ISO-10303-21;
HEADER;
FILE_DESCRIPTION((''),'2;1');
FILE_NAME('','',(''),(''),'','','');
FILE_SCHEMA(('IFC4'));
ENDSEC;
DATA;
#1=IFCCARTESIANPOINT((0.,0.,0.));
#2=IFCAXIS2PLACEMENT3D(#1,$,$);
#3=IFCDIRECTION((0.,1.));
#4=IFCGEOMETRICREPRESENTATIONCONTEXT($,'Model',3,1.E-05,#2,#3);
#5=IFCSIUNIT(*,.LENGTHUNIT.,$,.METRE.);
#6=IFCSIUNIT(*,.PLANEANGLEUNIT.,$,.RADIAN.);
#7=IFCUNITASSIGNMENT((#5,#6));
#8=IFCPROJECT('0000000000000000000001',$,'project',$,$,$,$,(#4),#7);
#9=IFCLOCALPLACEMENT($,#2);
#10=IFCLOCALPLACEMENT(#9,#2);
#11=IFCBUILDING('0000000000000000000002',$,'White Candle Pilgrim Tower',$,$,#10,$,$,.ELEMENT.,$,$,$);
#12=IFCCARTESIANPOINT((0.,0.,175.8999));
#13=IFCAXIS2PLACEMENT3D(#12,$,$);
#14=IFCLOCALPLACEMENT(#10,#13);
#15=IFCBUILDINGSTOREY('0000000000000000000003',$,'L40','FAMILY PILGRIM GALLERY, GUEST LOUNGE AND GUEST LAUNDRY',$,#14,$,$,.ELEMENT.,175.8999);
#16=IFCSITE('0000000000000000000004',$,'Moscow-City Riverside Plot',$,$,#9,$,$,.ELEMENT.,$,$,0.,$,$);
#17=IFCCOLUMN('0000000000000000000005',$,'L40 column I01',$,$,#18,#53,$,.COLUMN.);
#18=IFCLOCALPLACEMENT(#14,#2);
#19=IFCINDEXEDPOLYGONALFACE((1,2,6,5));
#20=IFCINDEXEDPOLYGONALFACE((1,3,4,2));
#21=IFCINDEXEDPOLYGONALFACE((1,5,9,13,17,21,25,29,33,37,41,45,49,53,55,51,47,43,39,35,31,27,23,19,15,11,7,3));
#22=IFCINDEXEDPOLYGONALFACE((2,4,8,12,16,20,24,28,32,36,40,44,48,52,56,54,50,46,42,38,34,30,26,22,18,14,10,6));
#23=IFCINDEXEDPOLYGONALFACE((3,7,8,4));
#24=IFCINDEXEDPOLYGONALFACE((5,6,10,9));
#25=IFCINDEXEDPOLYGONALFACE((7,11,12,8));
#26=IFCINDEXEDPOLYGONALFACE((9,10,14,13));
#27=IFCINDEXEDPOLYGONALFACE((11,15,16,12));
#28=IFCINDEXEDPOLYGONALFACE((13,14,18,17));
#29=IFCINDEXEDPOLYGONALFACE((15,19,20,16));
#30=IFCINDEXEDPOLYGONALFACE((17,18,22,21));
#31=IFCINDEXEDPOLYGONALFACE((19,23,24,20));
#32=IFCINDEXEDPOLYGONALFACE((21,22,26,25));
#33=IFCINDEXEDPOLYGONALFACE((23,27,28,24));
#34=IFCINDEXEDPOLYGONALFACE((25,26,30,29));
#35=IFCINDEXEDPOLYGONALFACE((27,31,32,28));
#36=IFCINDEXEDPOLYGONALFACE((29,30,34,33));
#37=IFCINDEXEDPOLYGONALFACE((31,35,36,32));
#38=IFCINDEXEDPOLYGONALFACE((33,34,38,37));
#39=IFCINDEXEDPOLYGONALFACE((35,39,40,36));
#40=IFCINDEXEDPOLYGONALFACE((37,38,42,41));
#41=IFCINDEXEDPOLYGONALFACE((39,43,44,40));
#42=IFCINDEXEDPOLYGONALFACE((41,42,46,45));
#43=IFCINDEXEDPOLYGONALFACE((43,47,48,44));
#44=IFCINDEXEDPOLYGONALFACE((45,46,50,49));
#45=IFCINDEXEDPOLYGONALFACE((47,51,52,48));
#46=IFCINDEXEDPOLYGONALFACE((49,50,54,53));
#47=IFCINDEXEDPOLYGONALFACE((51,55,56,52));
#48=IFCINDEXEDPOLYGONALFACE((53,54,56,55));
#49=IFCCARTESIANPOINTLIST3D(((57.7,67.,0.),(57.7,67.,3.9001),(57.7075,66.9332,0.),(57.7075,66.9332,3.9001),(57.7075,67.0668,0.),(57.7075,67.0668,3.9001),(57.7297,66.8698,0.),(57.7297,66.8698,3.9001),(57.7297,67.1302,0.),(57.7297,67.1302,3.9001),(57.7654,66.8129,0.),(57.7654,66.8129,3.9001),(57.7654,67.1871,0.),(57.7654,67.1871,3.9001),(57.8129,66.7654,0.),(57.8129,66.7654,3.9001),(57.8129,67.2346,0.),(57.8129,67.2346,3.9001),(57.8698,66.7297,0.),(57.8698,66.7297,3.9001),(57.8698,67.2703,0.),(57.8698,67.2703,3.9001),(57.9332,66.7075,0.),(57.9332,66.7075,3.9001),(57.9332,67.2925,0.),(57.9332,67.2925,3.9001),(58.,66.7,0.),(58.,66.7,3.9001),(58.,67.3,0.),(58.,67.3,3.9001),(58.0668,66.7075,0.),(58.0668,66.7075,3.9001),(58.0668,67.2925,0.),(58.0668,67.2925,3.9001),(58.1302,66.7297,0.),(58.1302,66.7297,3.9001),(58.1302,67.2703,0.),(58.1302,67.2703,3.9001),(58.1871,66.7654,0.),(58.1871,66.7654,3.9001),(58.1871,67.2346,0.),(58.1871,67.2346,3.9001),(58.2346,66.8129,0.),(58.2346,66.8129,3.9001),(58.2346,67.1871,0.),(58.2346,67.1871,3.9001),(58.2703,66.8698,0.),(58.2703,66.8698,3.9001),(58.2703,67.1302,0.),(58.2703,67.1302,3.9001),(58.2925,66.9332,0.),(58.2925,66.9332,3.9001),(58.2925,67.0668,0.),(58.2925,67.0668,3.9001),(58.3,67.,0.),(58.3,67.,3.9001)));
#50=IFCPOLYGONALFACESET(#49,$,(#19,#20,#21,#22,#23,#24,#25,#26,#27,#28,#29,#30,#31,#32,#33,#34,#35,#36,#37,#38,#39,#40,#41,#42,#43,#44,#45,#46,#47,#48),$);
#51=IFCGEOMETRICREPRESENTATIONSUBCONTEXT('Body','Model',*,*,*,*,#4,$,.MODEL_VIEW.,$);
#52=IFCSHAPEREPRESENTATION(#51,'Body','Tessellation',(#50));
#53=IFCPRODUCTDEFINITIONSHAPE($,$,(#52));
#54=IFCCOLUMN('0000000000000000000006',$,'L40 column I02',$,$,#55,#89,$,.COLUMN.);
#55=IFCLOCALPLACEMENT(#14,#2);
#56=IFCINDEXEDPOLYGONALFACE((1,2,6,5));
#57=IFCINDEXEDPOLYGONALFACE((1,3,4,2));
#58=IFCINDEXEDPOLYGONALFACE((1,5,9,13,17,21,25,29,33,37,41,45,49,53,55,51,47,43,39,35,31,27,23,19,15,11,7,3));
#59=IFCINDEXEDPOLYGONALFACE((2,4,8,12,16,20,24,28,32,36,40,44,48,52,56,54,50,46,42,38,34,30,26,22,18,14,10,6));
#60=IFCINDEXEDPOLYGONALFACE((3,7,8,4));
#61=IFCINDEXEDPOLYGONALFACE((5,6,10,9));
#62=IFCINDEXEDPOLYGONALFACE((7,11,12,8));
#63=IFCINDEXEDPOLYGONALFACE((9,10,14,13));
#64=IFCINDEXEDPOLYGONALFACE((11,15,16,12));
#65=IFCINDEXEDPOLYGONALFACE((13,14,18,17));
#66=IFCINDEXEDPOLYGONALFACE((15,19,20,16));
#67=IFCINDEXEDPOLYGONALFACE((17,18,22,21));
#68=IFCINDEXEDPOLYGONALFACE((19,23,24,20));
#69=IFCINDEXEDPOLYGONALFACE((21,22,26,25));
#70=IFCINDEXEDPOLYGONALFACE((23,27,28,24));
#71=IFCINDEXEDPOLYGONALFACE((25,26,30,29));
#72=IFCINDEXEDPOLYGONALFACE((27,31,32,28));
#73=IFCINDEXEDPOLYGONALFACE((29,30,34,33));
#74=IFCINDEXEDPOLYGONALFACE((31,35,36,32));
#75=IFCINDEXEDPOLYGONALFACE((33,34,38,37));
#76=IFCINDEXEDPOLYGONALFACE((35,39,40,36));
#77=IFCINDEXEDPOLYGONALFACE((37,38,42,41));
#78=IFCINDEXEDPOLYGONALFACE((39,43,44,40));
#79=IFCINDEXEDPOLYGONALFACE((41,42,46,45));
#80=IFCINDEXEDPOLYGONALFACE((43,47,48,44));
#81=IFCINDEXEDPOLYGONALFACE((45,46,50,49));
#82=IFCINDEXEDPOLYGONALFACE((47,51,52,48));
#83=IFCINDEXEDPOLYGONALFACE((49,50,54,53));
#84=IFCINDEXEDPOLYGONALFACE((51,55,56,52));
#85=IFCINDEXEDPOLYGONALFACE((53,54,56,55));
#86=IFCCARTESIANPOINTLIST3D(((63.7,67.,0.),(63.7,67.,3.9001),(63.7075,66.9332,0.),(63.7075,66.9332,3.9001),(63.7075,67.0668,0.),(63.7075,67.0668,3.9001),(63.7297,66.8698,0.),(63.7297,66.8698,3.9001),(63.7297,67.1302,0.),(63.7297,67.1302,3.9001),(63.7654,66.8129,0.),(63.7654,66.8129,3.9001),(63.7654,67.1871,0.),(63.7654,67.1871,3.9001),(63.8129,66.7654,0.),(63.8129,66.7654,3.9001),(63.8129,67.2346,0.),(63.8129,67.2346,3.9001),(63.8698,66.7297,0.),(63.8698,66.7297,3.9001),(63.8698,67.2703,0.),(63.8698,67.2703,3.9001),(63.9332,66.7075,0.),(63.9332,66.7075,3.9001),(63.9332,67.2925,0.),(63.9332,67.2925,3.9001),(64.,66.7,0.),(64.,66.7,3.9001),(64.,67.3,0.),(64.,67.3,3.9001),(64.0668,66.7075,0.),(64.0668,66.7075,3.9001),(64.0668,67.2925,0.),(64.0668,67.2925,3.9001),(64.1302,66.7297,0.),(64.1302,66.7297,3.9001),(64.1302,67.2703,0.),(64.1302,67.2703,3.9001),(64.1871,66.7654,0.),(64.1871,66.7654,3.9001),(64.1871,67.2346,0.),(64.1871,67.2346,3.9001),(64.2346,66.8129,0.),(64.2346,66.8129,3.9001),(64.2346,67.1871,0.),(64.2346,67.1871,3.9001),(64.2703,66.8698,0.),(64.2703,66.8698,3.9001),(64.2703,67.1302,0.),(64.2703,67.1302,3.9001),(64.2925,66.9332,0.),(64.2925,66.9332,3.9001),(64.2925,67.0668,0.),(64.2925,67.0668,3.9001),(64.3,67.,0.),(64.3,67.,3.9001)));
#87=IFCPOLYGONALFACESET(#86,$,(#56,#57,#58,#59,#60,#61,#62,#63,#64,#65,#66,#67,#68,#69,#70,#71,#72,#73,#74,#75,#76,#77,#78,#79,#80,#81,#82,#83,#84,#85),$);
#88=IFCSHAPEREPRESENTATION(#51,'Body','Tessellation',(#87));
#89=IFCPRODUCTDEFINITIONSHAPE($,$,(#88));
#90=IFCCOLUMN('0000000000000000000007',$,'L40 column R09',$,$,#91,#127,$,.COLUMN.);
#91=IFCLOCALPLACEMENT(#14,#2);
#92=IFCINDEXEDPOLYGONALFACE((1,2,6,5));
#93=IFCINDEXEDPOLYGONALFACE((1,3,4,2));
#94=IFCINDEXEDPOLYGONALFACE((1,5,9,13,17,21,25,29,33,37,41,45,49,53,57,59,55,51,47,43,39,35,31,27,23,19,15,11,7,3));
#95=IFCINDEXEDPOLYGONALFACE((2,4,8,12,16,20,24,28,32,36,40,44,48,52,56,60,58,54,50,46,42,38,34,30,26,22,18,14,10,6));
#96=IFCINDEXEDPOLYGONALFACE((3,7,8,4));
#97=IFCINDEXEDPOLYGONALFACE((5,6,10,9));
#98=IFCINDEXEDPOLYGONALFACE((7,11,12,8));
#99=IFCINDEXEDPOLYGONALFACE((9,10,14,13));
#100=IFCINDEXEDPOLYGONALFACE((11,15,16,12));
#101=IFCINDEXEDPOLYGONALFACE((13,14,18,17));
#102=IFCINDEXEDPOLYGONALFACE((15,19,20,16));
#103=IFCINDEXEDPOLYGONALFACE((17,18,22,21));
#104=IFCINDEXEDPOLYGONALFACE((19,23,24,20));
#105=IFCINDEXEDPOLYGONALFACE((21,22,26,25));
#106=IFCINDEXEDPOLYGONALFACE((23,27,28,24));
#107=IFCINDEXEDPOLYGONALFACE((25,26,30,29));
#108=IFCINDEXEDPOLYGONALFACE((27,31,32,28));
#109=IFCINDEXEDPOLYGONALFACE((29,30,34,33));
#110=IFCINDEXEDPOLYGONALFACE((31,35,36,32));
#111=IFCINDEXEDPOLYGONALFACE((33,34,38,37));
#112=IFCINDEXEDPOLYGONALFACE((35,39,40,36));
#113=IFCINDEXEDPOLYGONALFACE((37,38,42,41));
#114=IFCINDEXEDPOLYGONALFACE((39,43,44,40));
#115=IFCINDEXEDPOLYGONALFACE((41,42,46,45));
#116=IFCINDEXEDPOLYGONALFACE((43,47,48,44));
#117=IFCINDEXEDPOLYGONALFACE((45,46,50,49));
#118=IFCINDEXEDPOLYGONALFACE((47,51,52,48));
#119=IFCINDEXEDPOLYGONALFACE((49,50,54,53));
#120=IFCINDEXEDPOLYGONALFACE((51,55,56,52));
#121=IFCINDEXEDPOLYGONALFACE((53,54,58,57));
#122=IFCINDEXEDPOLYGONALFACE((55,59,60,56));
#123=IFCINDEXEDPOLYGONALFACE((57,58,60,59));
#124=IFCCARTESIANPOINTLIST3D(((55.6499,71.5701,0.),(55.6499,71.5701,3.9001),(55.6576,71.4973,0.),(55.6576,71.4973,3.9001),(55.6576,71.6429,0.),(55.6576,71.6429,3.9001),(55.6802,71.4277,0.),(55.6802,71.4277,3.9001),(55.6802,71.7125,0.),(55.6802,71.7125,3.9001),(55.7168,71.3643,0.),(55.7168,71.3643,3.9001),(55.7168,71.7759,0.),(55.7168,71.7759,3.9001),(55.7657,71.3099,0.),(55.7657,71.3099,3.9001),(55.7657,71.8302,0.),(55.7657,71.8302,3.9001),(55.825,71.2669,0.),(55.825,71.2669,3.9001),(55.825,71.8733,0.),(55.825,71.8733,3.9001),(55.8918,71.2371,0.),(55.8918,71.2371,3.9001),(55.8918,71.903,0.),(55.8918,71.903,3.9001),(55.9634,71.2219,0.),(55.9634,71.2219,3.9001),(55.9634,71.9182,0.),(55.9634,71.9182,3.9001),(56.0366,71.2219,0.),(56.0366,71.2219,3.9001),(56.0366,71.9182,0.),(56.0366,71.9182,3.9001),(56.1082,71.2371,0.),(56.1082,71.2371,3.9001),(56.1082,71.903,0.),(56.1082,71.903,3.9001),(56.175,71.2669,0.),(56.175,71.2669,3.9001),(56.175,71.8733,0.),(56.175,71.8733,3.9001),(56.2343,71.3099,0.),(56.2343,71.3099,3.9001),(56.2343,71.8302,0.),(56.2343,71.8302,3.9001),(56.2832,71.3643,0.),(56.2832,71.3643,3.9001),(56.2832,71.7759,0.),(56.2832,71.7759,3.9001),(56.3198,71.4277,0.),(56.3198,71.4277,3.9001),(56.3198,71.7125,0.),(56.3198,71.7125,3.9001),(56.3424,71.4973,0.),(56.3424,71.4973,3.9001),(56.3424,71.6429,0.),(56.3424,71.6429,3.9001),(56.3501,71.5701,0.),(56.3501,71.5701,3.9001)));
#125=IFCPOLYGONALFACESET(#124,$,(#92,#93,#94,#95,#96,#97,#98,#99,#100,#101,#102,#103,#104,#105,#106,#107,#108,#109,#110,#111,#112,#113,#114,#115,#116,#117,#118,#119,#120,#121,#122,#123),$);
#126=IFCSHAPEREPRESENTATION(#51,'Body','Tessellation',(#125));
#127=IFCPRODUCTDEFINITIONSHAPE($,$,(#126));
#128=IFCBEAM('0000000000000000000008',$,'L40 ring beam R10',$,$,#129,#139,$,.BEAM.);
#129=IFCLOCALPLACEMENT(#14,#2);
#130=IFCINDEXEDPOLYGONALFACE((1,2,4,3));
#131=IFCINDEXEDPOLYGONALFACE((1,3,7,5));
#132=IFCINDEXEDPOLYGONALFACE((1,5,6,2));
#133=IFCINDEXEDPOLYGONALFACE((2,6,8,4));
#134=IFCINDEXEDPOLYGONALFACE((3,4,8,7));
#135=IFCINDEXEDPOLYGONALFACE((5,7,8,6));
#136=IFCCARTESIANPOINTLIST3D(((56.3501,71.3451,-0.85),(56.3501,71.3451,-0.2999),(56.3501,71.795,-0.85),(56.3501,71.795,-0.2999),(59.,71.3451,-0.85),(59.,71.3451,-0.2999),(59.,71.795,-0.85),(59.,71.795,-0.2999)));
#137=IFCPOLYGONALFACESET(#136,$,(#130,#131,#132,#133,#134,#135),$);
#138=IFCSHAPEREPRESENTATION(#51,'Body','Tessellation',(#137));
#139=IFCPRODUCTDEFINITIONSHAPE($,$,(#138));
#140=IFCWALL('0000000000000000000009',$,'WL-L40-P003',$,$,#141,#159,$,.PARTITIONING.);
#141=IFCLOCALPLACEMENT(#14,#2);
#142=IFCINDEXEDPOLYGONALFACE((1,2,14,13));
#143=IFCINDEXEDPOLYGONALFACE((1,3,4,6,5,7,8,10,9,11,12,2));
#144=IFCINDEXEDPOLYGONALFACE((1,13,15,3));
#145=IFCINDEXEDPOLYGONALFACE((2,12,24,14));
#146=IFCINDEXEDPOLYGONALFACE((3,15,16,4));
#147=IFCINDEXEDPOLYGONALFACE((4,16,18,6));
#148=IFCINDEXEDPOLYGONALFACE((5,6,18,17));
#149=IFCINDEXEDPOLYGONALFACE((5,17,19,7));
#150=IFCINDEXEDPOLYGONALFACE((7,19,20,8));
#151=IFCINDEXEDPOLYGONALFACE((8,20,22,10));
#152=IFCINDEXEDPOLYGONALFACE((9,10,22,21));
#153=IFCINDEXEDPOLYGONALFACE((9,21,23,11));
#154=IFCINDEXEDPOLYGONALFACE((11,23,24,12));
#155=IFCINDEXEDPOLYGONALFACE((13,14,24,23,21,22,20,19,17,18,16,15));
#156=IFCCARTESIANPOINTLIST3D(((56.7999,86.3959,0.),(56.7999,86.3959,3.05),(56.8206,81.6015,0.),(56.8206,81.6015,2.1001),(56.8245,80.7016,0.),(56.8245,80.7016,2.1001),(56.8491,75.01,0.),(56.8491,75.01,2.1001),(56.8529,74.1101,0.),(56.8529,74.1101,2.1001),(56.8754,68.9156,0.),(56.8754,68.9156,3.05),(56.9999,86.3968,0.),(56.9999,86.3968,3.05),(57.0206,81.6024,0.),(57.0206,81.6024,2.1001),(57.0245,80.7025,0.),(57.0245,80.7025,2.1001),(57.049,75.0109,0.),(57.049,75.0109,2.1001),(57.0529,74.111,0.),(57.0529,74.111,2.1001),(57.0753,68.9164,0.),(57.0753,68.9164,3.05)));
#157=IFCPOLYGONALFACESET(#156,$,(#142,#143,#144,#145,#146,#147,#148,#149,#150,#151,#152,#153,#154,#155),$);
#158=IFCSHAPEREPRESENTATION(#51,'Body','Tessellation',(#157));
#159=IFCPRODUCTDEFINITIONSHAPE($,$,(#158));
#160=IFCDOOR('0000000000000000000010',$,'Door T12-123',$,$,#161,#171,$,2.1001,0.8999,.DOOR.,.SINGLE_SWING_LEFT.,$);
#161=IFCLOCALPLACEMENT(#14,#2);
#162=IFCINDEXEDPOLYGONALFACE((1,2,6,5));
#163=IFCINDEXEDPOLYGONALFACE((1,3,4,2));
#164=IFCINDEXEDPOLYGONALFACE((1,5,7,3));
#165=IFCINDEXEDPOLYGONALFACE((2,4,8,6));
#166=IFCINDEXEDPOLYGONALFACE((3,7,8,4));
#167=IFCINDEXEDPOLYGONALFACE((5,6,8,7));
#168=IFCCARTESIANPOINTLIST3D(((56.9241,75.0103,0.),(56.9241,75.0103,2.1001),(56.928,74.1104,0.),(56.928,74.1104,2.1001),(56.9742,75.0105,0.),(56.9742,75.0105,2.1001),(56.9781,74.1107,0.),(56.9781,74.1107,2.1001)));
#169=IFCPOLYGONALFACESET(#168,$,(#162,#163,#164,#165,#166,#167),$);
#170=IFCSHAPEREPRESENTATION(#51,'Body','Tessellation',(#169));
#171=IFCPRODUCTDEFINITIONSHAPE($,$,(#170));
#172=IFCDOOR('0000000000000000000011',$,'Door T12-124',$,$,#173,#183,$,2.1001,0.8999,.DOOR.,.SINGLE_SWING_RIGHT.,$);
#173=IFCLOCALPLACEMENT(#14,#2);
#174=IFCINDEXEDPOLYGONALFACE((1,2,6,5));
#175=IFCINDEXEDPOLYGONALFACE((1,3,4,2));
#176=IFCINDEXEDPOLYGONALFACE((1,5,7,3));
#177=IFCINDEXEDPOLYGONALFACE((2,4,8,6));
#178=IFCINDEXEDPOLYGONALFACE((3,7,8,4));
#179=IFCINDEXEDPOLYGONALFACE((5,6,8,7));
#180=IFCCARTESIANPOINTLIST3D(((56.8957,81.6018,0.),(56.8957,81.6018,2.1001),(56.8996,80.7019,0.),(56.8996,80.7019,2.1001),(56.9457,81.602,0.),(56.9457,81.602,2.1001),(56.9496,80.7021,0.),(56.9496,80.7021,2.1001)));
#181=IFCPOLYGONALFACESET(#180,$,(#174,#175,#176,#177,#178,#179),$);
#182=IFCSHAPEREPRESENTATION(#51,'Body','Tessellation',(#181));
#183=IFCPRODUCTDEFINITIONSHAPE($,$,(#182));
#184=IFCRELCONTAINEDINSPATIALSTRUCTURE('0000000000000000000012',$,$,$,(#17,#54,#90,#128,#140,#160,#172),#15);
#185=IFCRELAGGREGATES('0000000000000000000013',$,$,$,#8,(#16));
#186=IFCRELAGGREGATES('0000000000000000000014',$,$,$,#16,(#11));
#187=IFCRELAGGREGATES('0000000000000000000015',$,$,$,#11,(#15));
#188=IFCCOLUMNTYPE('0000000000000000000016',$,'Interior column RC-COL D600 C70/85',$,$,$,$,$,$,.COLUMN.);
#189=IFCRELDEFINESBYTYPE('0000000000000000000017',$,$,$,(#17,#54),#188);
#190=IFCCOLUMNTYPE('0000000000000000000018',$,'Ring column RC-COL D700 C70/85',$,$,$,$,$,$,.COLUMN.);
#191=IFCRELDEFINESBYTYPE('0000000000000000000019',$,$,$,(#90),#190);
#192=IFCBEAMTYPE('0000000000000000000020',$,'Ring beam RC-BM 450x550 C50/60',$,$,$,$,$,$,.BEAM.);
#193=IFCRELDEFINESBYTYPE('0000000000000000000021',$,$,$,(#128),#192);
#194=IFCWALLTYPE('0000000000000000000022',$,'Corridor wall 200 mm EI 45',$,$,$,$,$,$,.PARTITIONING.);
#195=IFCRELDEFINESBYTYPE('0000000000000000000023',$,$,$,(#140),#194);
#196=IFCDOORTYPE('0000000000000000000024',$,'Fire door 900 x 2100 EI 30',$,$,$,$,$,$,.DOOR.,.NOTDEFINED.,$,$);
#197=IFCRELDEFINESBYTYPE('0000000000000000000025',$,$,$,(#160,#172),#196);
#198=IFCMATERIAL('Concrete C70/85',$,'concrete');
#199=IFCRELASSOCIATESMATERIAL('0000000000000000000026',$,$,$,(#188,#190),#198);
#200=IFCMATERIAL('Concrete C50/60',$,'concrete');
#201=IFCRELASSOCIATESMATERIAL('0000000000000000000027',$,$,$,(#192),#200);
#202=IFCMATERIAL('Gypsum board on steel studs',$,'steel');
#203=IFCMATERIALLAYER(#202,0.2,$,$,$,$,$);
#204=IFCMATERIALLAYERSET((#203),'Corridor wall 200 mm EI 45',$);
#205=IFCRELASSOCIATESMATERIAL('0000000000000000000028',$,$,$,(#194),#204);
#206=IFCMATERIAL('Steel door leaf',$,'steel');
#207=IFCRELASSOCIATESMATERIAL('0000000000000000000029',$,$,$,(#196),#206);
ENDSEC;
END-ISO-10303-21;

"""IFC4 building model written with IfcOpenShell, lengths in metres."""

from ifc_helpers import new_model, si_unit, direction, frame, frame_2d, origin, origin_2d, place, context, subcontext, project, spatial, rectangle, circle, extrude, material, layer, layer_set, material_profile, profile_set, type_object, element, fill, save


model = new_model("IFC4")

# Units and contexts
model_context = context("Model", 3, precision=1e-05, world=origin(), true_north=direction((0.0, 1.0)))
body_context = subcontext(model_context, "Body", "Model", "MODEL_VIEW")
ifc_project = project(units=[si_unit("LENGTHUNIT", "METRE"), si_unit("PLANEANGLEUNIT", "RADIAN")], contexts=[model_context])

# Site, building, storey
site_placement = place(None, origin())
site = spatial("IfcSite", under=ifc_project, at=site_placement, Name="Moscow-City Riverside Plot", CompositionType="ELEMENT", RefElevation=0.0)
building_placement = place(site_placement, origin())
building = spatial("IfcBuilding", under=site, at=building_placement, Name="White Candle Pilgrim Tower", CompositionType="ELEMENT")
storey_placement = place(building_placement, frame((0.0, 0.0, 175.8999)))
storey = spatial("IfcBuildingStorey", under=building, at=storey_placement, Name="L40", Description="FAMILY PILGRIM GALLERY, GUEST LOUNGE AND GUEST LAUNDRY", CompositionType="ELEMENT", Elevation=175.8999)

# Columns
ifc_material_1 = material(Name="Concrete C70/85", Category="concrete")
ifc_material_profile_1 = material_profile(ifc_material_1, circle(Radius=0.3, at=origin_2d()), Name="RC-COL D600")
ifc_profile_set_1 = profile_set([ifc_material_profile_1], Name="Concrete C70/85")
column_type_1 = type_object("IfcColumnType", Name="Interior column RC-COL D600 C70/85", PredefinedType="COLUMN", material=ifc_profile_set_1)
for number, where, z_axis, x_axis, name in (
    (1, (58.0, 67.0, 0.0), (0.0, 0.0, 1.0), (1.0, 0.0, 0.0), "L40 column I01"),
    (2, (64.0, 67.0, 0.0), (0.0, 0.0, 1.0), (1.0, 0.0, 0.0), "L40 column I02"),
):
    element("IfcColumn", number, at=place(storey_placement, frame(where, z_axis=z_axis, x_axis=x_axis)), inside=storey, type_object=column_type_1, Name=name, PredefinedType="COLUMN", context=body_context, shape_type="SweptSolid", body=[
        extrude(circle(Radius=0.3, at=origin_2d()), origin(), (0.0, 0.0, 1.0), 3.9001),
    ])
ifc_material_profile_2 = material_profile(ifc_material_1, circle(Radius=0.3501, at=origin_2d()), Name="RC-COL D700")
ifc_profile_set_2 = profile_set([ifc_material_profile_2], Name="Concrete C70/85")
column_type_2 = type_object("IfcColumnType", Name="Ring column RC-COL D700 C70/85", PredefinedType="COLUMN", material=ifc_profile_set_2)
column_placement = place(storey_placement, frame((56.0, 71.5701, 0.0), z_axis=(0.0, 0.0, 1.0), x_axis=(1.0, 0.0, 0.0)))
element("IfcColumn", 3, at=column_placement, inside=storey, type_object=column_type_2, Name="L40 column R09", PredefinedType="COLUMN", context=body_context, shape_type="SweptSolid", body=[
    extrude(circle(Radius=0.3501, at=origin_2d()), origin(), (0.0, 0.0, 1.0), 3.9001),
])

# Beam
ifc_material_2 = material(Name="Concrete C50/60", Category="concrete")
ifc_material_profile_3 = material_profile(ifc_material_2, rectangle(XDim=0.45, YDim=0.55, at=origin_2d()), Name="RC-BM 450x550")
ifc_profile_set_3 = profile_set([ifc_material_profile_3], Name="Concrete C50/60")
beam_type = type_object("IfcBeamType", Name="Ring beam RC-BM 450x550 C50/60", PredefinedType="BEAM", material=ifc_profile_set_3)
beam_placement = place(storey_placement, frame((56.3501, 71.5701, -0.575), z_axis=(1.0, 0.0, 0.0), x_axis=(0.0, 1.0, 0.0)))
element("IfcBeam", 4, at=beam_placement, inside=storey, type_object=beam_type, Name="L40 ring beam R10", PredefinedType="BEAM", context=body_context, shape_type="SweptSolid", body=[
    extrude(rectangle(XDim=0.45, YDim=0.55, at=origin_2d()), origin(), (0.0, 0.0, 1.0), 2.6499),
])

# Wall, openings, doors
ifc_material_3 = material(Name="Gypsum board on steel studs", Category="steel")
ifc_layer_1 = layer(ifc_material_3, 0.2)
ifc_layer_set_1 = layer_set([ifc_layer_1], Name="Corridor wall 200 mm EI 45")
wall_type_1 = type_object("IfcWallType", Name="Corridor wall 200 mm EI 45", PredefinedType="PARTITIONING", material=ifc_layer_set_1)
wall_1_placement = place(storey_placement, frame((56.9753, 68.916, 0.0), z_axis=(0.0, 0.0, 1.0), x_axis=(-0.004316, 0.999991, 0.0)))
wall_1 = element("IfcWall", 5, at=wall_1_placement, inside=storey, type_object=wall_type_1, Name="WL-L40-P003", PredefinedType="PARTITIONING", context=body_context, shape_type="SweptSolid", body=[
    extrude(rectangle(XDim=17.4805, YDim=0.2, at=frame_2d((8.7402, 0.0))), origin(), (0.0, 0.0, 1.0), 3.05),
])
opening_1_placement = place(wall_1_placement, frame((5.1946, 0.0, 0.0)))
opening_1 = element("IfcOpeningElement", 6, at=opening_1_placement, cuts=wall_1, PredefinedType="OPENING", context=body_context, shape_type="SweptSolid", body=[
    extrude(rectangle(XDim=0.8999, YDim=2.1001, at=frame_2d((0.45, 1.05))), frame((0.0, 0.1099, 0.0), z_axis=(0.0, -1.0, 0.0), x_axis=(1.0, 0.0, 0.0)), (0.0, 0.0, 1.0), 0.22),
])
opening_2_placement = place(wall_1_placement, frame((11.7861, 0.0, 0.0)))
opening_2 = element("IfcOpeningElement", 7, at=opening_2_placement, cuts=wall_1, PredefinedType="OPENING", context=body_context, shape_type="SweptSolid", body=[
    extrude(rectangle(XDim=0.8999, YDim=2.1001, at=frame_2d((0.45, 1.05))), frame((0.0, 0.1099, 0.0), z_axis=(0.0, -1.0, 0.0), x_axis=(1.0, 0.0, 0.0)), (0.0, 0.0, 1.0), 0.22),
])
ifc_material_4 = material(Name="Steel door leaf", Category="steel")
door_type_1 = type_object("IfcDoorType", Name="Fire door 900 x 2100 EI 30", OperationType="NOTDEFINED", PredefinedType="DOOR", material=ifc_material_4)
door_1_placement = place(opening_1_placement, origin())
door_1 = element("IfcDoor", 8, at=door_1_placement, inside=storey, type_object=door_type_1, Name="Door T12-123", OperationType="SINGLE_SWING_LEFT", OverallHeight=2.1001, OverallWidth=0.8999, PredefinedType="DOOR", context=body_context, shape_type="SweptSolid", body=[
    extrude(rectangle(XDim=0.8999, YDim=2.1001, at=frame_2d((0.45, 1.05))), frame((0.0, 0.0249, 0.0), z_axis=(0.0, -1.0, 0.0), x_axis=(1.0, 0.0, 0.0)), (0.0, 0.0, 1.0), 0.05),
])
fill(opening_1, door_1)
door_2_placement = place(opening_2_placement, origin())
door_2 = element("IfcDoor", 9, at=door_2_placement, inside=storey, type_object=door_type_1, Name="Door T12-124", OperationType="SINGLE_SWING_RIGHT", OverallHeight=2.1001, OverallWidth=0.8999, PredefinedType="DOOR", context=body_context, shape_type="SweptSolid", body=[
    extrude(rectangle(XDim=0.8999, YDim=2.1001, at=frame_2d((0.45, 1.05))), frame((0.0, 0.0249, 0.0), z_axis=(0.0, -1.0, 0.0), x_axis=(1.0, 0.0, 0.0)), (0.0, 0.0, 1.0), 0.05),
])
fill(opening_2, door_2)

save(model, "model.ifc")
